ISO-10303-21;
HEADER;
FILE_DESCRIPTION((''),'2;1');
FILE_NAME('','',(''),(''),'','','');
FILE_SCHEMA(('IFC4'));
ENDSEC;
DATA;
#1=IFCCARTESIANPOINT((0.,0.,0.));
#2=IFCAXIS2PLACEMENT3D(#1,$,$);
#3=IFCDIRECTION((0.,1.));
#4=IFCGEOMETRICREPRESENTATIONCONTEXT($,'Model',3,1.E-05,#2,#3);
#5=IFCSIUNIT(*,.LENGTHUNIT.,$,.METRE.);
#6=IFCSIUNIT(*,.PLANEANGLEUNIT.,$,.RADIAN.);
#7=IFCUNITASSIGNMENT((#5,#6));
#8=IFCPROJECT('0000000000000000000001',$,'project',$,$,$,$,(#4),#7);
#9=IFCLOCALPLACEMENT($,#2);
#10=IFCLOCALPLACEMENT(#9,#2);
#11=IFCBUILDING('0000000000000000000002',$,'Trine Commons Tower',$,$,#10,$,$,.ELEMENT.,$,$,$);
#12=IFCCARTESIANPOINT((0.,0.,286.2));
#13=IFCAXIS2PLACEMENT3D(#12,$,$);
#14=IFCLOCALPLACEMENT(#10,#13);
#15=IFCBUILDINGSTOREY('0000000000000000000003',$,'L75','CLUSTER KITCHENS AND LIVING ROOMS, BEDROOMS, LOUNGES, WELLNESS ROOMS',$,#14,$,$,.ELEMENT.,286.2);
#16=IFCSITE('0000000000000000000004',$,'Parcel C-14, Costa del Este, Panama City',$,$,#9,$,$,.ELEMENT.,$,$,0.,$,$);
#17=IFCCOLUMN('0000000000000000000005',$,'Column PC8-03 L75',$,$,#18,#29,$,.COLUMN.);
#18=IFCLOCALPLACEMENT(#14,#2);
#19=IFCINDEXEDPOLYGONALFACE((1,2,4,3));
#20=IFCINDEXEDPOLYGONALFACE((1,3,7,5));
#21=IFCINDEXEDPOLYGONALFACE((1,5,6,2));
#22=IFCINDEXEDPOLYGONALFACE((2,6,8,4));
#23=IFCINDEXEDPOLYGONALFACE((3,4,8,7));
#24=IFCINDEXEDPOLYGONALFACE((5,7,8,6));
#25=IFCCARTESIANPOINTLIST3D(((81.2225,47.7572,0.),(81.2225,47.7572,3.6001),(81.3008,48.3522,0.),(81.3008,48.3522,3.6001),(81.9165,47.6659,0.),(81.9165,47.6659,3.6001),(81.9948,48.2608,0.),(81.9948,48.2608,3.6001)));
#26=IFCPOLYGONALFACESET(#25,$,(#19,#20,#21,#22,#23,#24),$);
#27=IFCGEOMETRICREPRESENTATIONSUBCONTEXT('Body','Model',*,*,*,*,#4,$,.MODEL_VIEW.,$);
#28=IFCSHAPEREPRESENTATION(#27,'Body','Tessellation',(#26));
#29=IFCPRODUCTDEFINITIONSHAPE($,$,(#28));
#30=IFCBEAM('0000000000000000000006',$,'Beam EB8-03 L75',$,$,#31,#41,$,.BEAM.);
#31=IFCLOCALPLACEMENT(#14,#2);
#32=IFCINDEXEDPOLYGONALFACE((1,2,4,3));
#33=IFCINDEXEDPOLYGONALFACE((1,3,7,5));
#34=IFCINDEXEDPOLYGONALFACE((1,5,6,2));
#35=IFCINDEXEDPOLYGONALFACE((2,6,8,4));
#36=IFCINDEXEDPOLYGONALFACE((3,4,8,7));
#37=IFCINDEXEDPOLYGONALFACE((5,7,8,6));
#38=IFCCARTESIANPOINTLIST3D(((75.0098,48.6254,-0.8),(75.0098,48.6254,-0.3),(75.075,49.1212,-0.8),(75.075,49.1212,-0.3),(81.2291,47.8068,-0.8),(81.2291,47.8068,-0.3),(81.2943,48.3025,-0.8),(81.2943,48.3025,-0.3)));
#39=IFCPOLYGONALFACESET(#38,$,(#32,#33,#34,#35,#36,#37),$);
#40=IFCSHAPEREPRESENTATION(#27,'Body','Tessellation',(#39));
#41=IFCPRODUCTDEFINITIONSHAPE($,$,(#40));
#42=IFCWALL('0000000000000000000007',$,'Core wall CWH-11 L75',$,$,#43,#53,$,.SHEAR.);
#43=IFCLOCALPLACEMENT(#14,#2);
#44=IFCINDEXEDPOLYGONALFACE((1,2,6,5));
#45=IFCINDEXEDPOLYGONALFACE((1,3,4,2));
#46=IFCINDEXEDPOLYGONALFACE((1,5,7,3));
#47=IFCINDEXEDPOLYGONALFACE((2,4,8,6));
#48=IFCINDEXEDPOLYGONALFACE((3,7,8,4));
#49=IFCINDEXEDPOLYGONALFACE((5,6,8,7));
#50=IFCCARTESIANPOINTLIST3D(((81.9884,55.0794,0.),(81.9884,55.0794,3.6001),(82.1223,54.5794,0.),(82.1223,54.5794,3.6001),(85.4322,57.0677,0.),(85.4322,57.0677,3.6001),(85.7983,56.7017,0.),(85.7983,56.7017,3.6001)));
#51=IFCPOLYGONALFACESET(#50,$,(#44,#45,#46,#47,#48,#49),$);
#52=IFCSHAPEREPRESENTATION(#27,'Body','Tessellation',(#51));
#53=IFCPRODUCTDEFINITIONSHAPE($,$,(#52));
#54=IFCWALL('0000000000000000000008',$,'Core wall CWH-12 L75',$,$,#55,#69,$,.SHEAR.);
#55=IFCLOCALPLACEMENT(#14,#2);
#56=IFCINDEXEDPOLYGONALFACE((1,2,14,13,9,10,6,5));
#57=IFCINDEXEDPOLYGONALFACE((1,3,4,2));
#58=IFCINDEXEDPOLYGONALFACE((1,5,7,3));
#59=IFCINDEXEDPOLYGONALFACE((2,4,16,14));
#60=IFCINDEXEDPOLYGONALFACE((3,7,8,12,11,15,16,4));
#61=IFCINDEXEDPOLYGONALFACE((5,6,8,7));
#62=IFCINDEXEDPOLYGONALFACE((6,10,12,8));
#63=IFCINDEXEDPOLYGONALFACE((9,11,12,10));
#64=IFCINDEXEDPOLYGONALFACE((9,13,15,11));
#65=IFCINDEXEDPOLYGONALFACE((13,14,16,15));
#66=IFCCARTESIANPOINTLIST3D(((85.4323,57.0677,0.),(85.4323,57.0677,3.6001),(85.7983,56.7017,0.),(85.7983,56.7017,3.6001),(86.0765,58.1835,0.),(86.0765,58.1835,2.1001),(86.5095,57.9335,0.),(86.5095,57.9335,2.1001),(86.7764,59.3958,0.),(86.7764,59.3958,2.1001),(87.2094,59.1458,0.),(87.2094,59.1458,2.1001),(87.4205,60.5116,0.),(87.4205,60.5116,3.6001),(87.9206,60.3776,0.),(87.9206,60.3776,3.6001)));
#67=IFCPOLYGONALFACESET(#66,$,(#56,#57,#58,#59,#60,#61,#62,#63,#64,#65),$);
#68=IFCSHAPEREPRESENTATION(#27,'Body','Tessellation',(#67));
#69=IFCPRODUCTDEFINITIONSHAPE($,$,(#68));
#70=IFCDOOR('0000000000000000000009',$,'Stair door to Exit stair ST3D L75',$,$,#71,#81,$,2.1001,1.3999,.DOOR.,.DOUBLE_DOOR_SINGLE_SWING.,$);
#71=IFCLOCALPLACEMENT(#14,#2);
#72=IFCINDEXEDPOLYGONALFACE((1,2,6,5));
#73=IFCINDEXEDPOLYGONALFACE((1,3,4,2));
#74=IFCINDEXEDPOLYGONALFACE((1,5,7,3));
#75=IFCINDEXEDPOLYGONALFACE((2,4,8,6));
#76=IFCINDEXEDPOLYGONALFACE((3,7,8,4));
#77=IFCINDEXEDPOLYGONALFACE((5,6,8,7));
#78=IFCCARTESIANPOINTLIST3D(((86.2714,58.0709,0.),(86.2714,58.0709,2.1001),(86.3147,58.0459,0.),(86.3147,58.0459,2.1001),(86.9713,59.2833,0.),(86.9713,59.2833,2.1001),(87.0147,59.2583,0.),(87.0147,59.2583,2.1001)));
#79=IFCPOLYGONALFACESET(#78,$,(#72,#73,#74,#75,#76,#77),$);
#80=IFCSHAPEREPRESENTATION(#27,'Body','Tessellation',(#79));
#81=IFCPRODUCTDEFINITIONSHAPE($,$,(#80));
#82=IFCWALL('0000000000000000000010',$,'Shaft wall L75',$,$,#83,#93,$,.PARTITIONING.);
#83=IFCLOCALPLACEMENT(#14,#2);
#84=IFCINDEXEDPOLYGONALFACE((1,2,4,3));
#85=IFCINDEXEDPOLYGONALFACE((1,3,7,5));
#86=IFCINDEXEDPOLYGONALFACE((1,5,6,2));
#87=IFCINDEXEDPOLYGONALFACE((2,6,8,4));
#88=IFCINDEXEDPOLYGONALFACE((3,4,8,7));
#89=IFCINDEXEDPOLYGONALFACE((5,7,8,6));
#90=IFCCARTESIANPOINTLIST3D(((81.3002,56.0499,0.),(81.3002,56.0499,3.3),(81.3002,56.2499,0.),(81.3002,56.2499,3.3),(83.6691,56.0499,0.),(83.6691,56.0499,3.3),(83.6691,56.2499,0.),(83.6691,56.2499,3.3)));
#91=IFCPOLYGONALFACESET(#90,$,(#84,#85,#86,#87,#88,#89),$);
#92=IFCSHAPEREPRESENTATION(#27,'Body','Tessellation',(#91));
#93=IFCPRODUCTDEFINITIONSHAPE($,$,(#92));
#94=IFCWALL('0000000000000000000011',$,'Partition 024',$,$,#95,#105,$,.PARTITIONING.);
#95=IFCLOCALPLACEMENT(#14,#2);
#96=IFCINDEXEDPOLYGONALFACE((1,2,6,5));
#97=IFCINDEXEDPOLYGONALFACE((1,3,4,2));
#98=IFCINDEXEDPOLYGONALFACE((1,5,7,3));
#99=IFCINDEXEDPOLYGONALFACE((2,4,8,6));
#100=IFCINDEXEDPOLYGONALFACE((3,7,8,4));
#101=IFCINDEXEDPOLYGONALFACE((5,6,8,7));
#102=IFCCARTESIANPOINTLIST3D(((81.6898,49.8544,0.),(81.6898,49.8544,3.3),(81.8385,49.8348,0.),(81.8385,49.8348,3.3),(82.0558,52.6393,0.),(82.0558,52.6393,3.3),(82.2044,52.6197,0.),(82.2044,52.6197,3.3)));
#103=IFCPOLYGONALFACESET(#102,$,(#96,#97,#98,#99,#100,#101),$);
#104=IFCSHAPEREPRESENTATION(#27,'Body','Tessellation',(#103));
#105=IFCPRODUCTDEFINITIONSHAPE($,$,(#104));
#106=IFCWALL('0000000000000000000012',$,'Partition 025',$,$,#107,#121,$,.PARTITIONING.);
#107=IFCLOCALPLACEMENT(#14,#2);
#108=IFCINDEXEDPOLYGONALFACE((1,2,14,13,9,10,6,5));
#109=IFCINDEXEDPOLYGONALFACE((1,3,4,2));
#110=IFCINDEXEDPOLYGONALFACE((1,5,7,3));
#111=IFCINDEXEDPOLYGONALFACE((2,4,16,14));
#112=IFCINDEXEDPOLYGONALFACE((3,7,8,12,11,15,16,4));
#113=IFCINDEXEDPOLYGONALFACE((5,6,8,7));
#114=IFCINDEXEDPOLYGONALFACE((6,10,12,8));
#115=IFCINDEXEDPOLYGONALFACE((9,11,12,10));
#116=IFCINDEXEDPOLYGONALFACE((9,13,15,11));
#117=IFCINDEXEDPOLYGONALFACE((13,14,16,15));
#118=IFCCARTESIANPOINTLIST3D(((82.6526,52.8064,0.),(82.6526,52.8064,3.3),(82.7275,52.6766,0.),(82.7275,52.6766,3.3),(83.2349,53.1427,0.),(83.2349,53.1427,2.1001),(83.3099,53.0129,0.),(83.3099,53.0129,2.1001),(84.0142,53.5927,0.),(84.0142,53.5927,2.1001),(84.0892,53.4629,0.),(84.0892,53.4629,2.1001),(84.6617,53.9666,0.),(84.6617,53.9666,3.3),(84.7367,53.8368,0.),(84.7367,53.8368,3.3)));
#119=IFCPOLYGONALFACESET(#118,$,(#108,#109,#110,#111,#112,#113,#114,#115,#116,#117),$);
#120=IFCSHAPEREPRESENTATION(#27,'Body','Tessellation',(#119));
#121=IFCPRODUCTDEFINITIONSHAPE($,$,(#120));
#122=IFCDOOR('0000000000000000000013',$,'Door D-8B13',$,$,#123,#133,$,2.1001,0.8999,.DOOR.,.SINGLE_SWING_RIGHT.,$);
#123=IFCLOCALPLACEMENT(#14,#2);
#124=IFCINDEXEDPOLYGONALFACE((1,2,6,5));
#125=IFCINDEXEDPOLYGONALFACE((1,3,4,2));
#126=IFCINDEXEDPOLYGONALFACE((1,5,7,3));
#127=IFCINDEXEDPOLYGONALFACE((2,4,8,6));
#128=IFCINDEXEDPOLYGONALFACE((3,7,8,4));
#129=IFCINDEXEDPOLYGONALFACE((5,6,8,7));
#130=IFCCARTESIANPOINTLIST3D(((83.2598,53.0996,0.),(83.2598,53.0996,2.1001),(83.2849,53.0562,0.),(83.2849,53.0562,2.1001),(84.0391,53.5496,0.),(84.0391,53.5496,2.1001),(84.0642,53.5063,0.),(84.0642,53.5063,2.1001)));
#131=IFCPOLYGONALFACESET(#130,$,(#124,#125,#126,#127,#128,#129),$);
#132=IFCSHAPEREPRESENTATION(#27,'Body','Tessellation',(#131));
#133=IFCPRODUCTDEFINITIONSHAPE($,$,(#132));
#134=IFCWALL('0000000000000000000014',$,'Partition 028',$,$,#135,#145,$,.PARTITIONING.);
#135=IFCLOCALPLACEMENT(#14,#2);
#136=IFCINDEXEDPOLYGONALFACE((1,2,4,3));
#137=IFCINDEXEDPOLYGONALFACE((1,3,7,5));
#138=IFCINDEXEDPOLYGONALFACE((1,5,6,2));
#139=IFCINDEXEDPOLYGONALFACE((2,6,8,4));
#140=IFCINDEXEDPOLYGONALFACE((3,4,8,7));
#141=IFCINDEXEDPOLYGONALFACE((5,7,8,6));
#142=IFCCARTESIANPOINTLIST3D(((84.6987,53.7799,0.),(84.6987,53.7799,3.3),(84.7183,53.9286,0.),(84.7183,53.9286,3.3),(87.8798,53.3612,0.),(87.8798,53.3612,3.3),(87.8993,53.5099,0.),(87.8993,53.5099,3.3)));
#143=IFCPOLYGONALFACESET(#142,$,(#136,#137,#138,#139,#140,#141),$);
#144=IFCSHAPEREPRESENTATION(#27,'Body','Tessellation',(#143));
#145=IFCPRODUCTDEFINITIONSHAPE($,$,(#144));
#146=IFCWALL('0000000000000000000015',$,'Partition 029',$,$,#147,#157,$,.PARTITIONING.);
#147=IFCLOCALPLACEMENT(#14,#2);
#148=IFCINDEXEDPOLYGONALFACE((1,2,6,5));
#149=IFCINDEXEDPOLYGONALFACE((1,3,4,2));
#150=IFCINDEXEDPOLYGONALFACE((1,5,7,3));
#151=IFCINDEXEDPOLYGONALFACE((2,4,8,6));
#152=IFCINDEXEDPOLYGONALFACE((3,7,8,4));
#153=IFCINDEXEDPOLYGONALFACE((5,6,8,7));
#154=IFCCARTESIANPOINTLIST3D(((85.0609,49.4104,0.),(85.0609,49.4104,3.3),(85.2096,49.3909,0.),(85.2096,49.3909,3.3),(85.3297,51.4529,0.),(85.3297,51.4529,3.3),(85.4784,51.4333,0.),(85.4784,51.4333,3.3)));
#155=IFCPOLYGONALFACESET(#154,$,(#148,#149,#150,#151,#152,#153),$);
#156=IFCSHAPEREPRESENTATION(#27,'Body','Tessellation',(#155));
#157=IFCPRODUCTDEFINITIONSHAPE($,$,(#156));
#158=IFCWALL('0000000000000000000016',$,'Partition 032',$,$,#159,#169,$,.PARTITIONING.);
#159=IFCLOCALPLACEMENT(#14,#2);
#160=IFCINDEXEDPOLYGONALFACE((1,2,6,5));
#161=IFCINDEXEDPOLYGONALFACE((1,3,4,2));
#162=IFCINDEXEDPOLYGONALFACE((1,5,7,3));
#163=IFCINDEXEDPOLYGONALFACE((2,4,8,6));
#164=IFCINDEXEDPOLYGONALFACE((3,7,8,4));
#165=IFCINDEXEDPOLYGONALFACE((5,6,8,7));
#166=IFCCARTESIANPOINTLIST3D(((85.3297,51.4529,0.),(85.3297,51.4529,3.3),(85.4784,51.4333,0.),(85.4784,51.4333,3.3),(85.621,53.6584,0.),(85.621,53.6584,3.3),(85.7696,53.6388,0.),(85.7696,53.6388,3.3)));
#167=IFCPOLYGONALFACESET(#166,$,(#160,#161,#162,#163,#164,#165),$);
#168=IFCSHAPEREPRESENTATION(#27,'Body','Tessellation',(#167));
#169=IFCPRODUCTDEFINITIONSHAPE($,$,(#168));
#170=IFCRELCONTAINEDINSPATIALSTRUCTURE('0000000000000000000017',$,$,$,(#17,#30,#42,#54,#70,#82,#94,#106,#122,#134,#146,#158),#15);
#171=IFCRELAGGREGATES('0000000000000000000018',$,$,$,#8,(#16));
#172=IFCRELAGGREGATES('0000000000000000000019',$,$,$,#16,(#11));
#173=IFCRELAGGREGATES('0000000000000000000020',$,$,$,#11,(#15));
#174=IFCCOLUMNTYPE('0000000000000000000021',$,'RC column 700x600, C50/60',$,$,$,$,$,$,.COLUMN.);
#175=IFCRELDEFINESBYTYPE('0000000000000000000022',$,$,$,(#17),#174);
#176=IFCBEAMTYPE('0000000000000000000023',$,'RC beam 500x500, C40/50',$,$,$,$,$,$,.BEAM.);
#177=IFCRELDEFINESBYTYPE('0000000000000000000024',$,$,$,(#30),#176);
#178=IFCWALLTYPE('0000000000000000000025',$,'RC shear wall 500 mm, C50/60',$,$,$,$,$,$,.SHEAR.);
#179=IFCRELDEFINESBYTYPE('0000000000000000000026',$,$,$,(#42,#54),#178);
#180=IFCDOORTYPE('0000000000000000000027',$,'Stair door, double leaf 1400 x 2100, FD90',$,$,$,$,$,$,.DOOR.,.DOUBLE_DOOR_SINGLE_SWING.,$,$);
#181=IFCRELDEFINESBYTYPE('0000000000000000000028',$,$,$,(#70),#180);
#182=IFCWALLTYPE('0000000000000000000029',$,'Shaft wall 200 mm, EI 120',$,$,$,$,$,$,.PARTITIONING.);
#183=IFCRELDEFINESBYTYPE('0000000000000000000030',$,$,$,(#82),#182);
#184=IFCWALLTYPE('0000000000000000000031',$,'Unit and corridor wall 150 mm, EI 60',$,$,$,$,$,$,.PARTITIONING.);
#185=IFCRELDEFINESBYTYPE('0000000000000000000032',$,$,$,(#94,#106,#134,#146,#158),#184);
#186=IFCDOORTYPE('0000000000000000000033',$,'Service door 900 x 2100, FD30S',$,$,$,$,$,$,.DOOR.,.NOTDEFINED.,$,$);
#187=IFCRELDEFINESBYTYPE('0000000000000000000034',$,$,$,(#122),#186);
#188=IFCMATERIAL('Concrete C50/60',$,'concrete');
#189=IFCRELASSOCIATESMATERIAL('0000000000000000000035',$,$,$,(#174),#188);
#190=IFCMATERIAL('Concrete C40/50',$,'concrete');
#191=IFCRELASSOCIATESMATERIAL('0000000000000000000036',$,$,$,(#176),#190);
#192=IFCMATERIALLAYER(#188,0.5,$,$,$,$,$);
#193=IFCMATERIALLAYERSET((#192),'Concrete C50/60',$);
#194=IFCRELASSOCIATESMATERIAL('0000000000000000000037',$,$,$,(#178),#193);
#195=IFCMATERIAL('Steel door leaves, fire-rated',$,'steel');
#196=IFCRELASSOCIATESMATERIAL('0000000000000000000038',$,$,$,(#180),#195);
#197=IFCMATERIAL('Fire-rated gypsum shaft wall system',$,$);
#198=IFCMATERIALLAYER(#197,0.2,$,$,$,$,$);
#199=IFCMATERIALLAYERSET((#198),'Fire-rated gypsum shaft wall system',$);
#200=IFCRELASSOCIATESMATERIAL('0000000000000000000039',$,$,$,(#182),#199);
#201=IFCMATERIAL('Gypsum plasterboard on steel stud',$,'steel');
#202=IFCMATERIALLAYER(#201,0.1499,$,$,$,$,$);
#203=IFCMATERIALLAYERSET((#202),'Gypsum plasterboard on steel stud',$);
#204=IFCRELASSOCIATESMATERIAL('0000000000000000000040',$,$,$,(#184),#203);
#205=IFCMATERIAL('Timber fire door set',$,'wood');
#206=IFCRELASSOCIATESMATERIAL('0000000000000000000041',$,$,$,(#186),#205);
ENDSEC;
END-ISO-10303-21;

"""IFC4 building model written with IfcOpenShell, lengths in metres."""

from ifc_helpers import new_model, si_unit, direction, frame, frame_2d, origin, origin_2d, place, context, subcontext, project, spatial, polyline, rectangle, outline, extrude, material, layer, layer_set, material_profile, profile_set, type_object, element, fill, save


model = new_model("IFC4")

# Units and contexts
model_context = context("Model", 3, precision=1e-05, world=origin(), true_north=direction((0.0, 1.0)))
body_context = subcontext(model_context, "Body", "Model", "MODEL_VIEW")
ifc_project = project(units=[si_unit("LENGTHUNIT", "METRE"), si_unit("PLANEANGLEUNIT", "RADIAN")], contexts=[model_context])

# Site, building, storey
site_placement = place(None, origin())
site = spatial("IfcSite", under=ifc_project, at=site_placement, Name="Parcel C-14, Costa del Este, Panama City", CompositionType="ELEMENT", RefElevation=0.0)
building_placement = place(site_placement, origin())
building = spatial("IfcBuilding", under=site, at=building_placement, Name="Trine Commons Tower", CompositionType="ELEMENT")
storey_placement = place(building_placement, frame((0.0, 0.0, 286.2)))
storey = spatial("IfcBuildingStorey", under=building, at=storey_placement, Name="L75", Description="CLUSTER KITCHENS AND LIVING ROOMS, BEDROOMS, LOUNGES, WELLNESS ROOMS", CompositionType="ELEMENT", Elevation=286.2)

# Column
ifc_material_1 = material(Name="Concrete C50/60", Category="concrete")
ifc_material_profile_1 = material_profile(ifc_material_1, rectangle(XDim=0.7, YDim=0.6001, at=origin_2d()), Name="RC 700x600")
ifc_profile_set_1 = profile_set([ifc_material_profile_1], Name="Concrete C50/60")
column_type = type_object("IfcColumnType", Name="RC column 700x600, C50/60", PredefinedType="COLUMN", material=ifc_profile_set_1)
column_placement = place(storey_placement, frame((81.6086, 48.009, 0.0), z_axis=(0.0, 0.0, 1.0), x_axis=(-0.991445, 0.130526, 0.0)))
element("IfcColumn", 1, at=column_placement, inside=storey, type_object=column_type, Name="Column PC8-03 L75", PredefinedType="COLUMN", context=body_context, shape_type="SweptSolid", body=[
    extrude(rectangle(XDim=0.7, YDim=0.6001, at=origin_2d()), origin(), (0.0, 0.0, 1.0), 3.6001),
])

# Beam
ifc_material_2 = material(Name="Concrete C40/50", Category="concrete")
ifc_material_profile_2 = material_profile(ifc_material_2, rectangle(XDim=0.5, YDim=0.5, at=origin_2d()), Name="RC 500x500")
ifc_profile_set_2 = profile_set([ifc_material_profile_2], Name="Concrete C40/50")
beam_type = type_object("IfcBeamType", Name="RC beam 500x500, C40/50", PredefinedType="BEAM", material=ifc_profile_set_2)
beam_placement = place(storey_placement, frame((81.2617, 48.0547, -0.55), z_axis=(-0.991448, 0.130499, 0.0), x_axis=(-0.130499, -0.991448, 0.0)))
element("IfcBeam", 2, at=beam_placement, inside=storey, type_object=beam_type, Name="Beam EB8-03 L75", PredefinedType="BEAM", context=body_context, shape_type="SweptSolid", body=[
    extrude(rectangle(XDim=0.5, YDim=0.5, at=origin_2d()), origin(), (0.0, 0.0, 1.0), 6.2729),
])

# Wall
ifc_layer_1 = layer(ifc_material_1, 0.5)
ifc_layer_set_1 = layer_set([ifc_layer_1], Name="Concrete C50/60")
wall_type_1 = type_object("IfcWallType", Name="RC shear wall 500 mm, C50/60", PredefinedType="SHEAR", material=ifc_layer_set_1)
wall_1_placement = place(storey_placement, frame((81.9973, 54.7959, 0.0), z_axis=(0.0, 0.0, 1.0), x_axis=(0.866029, 0.499993, 0.0)))
element("IfcWall", 3, at=wall_1_placement, inside=storey, type_object=wall_type_1, Name="Core wall CWH-11 L75", PredefinedType="SHEAR", context=body_context, shape_type="SweptSolid", body=[
    extrude(outline(polyline([(0.0, -0.25), (4.2446, -0.25), (4.1106, 0.25), (0.134, 0.25), (0.0, -0.25)])), origin(), (0.0, 0.0, 1.0), 3.6001),
])

# Wall, opening, door
wall_2_placement = place(storey_placement, frame((85.5818, 56.8267, 0.0), z_axis=(0.0, 0.0, 1.0), x_axis=(0.499993, 0.866029, 0.0)))
wall_2 = element("IfcWall", 4, at=wall_2_placement, inside=storey, type_object=wall_type_1, Name="Core wall CWH-12 L75", PredefinedType="SHEAR", context=body_context, shape_type="SweptSolid", body=[
    extrude(outline(polyline([(0.0, -0.25), (4.2446, -0.25), (4.1106, 0.25), (0.134, 0.25), (0.0, -0.25)])), origin(), (0.0, 0.0, 1.0), 3.6001),
])
opening_1_placement = place(wall_2_placement, frame((1.4224, 0.0, 0.0)))
opening_1 = element("IfcOpeningElement", 5, at=opening_1_placement, cuts=wall_2, PredefinedType="OPENING", context=body_context, shape_type="SweptSolid", body=[
    extrude(rectangle(XDim=1.3999, YDim=2.1001, at=frame_2d((0.7, 1.05))), frame((0.0, 0.26, 0.0), z_axis=(0.0, -1.0, 0.0), x_axis=(1.0, 0.0, 0.0)), (0.0, 0.0, 1.0), 0.52),
])
ifc_material_3 = material(Name="Steel door leaves, fire-rated", Category="steel")
door_type_1 = type_object("IfcDoorType", Name="Stair door, double leaf 1400 x 2100, FD90", OperationType="DOUBLE_DOOR_SINGLE_SWING", PredefinedType="DOOR", material=ifc_material_3)
door_1_placement = place(opening_1_placement, origin())
door_1 = element("IfcDoor", 6, at=door_1_placement, inside=storey, type_object=door_type_1, Name="Stair door to Exit stair ST3D L75", OperationType="DOUBLE_DOOR_SINGLE_SWING", OverallHeight=2.1001, OverallWidth=1.3999, PredefinedType="DOOR", context=body_context, shape_type="SweptSolid", body=[
    extrude(rectangle(XDim=1.3999, YDim=2.1001, at=frame_2d((0.7, 1.05))), frame((0.0, 0.0249, 0.0), z_axis=(0.0, -1.0, 0.0), x_axis=(1.0, 0.0, 0.0)), (0.0, 0.0, 1.0), 0.05),
])
fill(opening_1, door_1)

# Walls
ifc_material_4 = material(Name="Fire-rated gypsum shaft wall system")
ifc_layer_2 = layer(ifc_material_4, 0.2)
ifc_layer_set_2 = layer_set([ifc_layer_2], Name="Fire-rated gypsum shaft wall system")
wall_type_2 = type_object("IfcWallType", Name="Shaft wall 200 mm, EI 120", PredefinedType="PARTITIONING", material=ifc_layer_set_2)
wall_3_placement = place(storey_placement, frame((81.3, 56.1499, 0.0), z_axis=(0.0, 0.0, 1.0), x_axis=(1.0, 0.0, 0.0)))
element("IfcWall", 7, at=wall_3_placement, inside=storey, type_object=wall_type_2, Name="Shaft wall L75", PredefinedType="PARTITIONING", context=body_context, shape_type="SweptSolid", body=[
    extrude(rectangle(XDim=2.3689, YDim=0.2, at=frame_2d((1.1846, 0.0))), origin(), (0.0, 0.0, 1.0), 3.3),
])
ifc_material_5 = material(Name="Gypsum plasterboard on steel stud", Category="steel")
ifc_layer_3 = layer(ifc_material_5, 0.1499)
ifc_layer_set_3 = layer_set([ifc_layer_3], Name="Gypsum plasterboard on steel stud")
wall_type_3 = type_object("IfcWallType", Name="Unit and corridor wall 150 mm, EI 60", PredefinedType="PARTITIONING", material=ifc_layer_set_3)
wall_4_placement = place(storey_placement, frame((81.7642, 49.8447, 0.0), z_axis=(0.0, 0.0, 1.0), x_axis=(0.13029, 0.991476, 0.0)))
element("IfcWall", 8, at=wall_4_placement, inside=storey, type_object=wall_type_3, Name="Partition 024", PredefinedType="PARTITIONING", context=body_context, shape_type="SweptSolid", body=[
    extrude(rectangle(XDim=2.8088, YDim=0.1499, at=frame_2d((1.4043, 0.0))), origin(), (0.0, 0.0, 1.0), 3.3),
])

# Wall, opening, door
wall_5_placement = place(storey_placement, frame((82.6899, 52.7415, 0.0), z_axis=(0.0, 0.0, 1.0), x_axis=(0.865981, 0.500078, 0.0)))
wall_5 = element("IfcWall", 9, at=wall_5_placement, inside=storey, type_object=wall_type_3, Name="Partition 025", PredefinedType="PARTITIONING", context=body_context, shape_type="SweptSolid", body=[
    extrude(rectangle(XDim=2.3201, YDim=0.1499, at=frame_2d((1.1602, 0.0))), origin(), (0.0, 0.0, 1.0), 3.3),
])
opening_2_placement = place(wall_5_placement, frame((0.6726, 0.0, 0.0)))
opening_2 = element("IfcOpeningElement", 10, at=opening_2_placement, cuts=wall_5, PredefinedType="OPENING", context=body_context, shape_type="SweptSolid", body=[
    extrude(rectangle(XDim=0.8999, YDim=2.1001, at=frame_2d((0.45, 1.05))), frame((0.0, 0.085, 0.0), z_axis=(0.0, -1.0, 0.0), x_axis=(1.0, 0.0, 0.0)), (0.0, 0.0, 1.0), 0.1699),
])
ifc_material_6 = material(Name="Timber fire door set", Category="wood")
door_type_2 = type_object("IfcDoorType", Name="Service door 900 x 2100, FD30S", OperationType="NOTDEFINED", PredefinedType="DOOR", material=ifc_material_6)
door_2_placement = place(opening_2_placement, frame((0.8999, 0.0, 0.0), z_axis=(0.0, 0.0, 1.0), x_axis=(-1.0, 0.0, 0.0)))
door_2 = element("IfcDoor", 11, at=door_2_placement, inside=storey, type_object=door_type_2, Name="Door D-8B13", OperationType="SINGLE_SWING_RIGHT", OverallHeight=2.1001, OverallWidth=0.8999, PredefinedType="DOOR", context=body_context, shape_type="SweptSolid", body=[
    extrude(rectangle(XDim=0.8999, YDim=2.1001, at=frame_2d((0.45, 1.05))), frame((0.0, 0.0249, 0.0), z_axis=(0.0, -1.0, 0.0), x_axis=(1.0, 0.0, 0.0)), (0.0, 0.0, 1.0), 0.05),
])
fill(opening_2, door_2)

# Walls
wall_6_placement = place(storey_placement, frame((84.7085, 53.8542, 0.0), z_axis=(0.0, 0.0, 1.0), x_axis=(0.991449, -0.130494, 0.0)))
element("IfcWall", 12, at=wall_6_placement, inside=storey, type_object=wall_type_3, Name="Partition 028", PredefinedType="PARTITIONING", context=body_context, shape_type="SweptSolid", body=[
    extrude(rectangle(XDim=3.2085, YDim=0.1499, at=frame_2d((1.6042, 0.0))), origin(), (0.0, 0.0, 1.0), 3.3),
])
wall_7_placement = place(storey_placement, frame((85.1353, 49.4006, 0.0), z_axis=(0.0, 0.0, 1.0), x_axis=(0.130479, 0.991451, 0.0)))
element("IfcWall", 13, at=wall_7_placement, inside=storey, type_object=wall_type_3, Name="Partition 029", PredefinedType="PARTITIONING", context=body_context, shape_type="SweptSolid", body=[
    extrude(rectangle(XDim=2.0601, YDim=0.1499, at=frame_2d((1.03, 0.0))), origin(), (0.0, 0.0, 1.0), 3.3),
])
wall_8_placement = place(storey_placement, frame((85.4041, 51.4431, 0.0), z_axis=(0.0, 0.0, 1.0), x_axis=(0.13092, 0.991393, 0.0)))
element("IfcWall", 14, at=wall_8_placement, inside=storey, type_object=wall_type_3, Name="Partition 032", PredefinedType="PARTITIONING", context=body_context, shape_type="SweptSolid", body=[
    extrude(rectangle(XDim=2.2246, YDim=0.1499, at=frame_2d((1.1123, 0.0))), origin(), (0.0, 0.0, 1.0), 3.3),
])

save(model, "model.ifc")
